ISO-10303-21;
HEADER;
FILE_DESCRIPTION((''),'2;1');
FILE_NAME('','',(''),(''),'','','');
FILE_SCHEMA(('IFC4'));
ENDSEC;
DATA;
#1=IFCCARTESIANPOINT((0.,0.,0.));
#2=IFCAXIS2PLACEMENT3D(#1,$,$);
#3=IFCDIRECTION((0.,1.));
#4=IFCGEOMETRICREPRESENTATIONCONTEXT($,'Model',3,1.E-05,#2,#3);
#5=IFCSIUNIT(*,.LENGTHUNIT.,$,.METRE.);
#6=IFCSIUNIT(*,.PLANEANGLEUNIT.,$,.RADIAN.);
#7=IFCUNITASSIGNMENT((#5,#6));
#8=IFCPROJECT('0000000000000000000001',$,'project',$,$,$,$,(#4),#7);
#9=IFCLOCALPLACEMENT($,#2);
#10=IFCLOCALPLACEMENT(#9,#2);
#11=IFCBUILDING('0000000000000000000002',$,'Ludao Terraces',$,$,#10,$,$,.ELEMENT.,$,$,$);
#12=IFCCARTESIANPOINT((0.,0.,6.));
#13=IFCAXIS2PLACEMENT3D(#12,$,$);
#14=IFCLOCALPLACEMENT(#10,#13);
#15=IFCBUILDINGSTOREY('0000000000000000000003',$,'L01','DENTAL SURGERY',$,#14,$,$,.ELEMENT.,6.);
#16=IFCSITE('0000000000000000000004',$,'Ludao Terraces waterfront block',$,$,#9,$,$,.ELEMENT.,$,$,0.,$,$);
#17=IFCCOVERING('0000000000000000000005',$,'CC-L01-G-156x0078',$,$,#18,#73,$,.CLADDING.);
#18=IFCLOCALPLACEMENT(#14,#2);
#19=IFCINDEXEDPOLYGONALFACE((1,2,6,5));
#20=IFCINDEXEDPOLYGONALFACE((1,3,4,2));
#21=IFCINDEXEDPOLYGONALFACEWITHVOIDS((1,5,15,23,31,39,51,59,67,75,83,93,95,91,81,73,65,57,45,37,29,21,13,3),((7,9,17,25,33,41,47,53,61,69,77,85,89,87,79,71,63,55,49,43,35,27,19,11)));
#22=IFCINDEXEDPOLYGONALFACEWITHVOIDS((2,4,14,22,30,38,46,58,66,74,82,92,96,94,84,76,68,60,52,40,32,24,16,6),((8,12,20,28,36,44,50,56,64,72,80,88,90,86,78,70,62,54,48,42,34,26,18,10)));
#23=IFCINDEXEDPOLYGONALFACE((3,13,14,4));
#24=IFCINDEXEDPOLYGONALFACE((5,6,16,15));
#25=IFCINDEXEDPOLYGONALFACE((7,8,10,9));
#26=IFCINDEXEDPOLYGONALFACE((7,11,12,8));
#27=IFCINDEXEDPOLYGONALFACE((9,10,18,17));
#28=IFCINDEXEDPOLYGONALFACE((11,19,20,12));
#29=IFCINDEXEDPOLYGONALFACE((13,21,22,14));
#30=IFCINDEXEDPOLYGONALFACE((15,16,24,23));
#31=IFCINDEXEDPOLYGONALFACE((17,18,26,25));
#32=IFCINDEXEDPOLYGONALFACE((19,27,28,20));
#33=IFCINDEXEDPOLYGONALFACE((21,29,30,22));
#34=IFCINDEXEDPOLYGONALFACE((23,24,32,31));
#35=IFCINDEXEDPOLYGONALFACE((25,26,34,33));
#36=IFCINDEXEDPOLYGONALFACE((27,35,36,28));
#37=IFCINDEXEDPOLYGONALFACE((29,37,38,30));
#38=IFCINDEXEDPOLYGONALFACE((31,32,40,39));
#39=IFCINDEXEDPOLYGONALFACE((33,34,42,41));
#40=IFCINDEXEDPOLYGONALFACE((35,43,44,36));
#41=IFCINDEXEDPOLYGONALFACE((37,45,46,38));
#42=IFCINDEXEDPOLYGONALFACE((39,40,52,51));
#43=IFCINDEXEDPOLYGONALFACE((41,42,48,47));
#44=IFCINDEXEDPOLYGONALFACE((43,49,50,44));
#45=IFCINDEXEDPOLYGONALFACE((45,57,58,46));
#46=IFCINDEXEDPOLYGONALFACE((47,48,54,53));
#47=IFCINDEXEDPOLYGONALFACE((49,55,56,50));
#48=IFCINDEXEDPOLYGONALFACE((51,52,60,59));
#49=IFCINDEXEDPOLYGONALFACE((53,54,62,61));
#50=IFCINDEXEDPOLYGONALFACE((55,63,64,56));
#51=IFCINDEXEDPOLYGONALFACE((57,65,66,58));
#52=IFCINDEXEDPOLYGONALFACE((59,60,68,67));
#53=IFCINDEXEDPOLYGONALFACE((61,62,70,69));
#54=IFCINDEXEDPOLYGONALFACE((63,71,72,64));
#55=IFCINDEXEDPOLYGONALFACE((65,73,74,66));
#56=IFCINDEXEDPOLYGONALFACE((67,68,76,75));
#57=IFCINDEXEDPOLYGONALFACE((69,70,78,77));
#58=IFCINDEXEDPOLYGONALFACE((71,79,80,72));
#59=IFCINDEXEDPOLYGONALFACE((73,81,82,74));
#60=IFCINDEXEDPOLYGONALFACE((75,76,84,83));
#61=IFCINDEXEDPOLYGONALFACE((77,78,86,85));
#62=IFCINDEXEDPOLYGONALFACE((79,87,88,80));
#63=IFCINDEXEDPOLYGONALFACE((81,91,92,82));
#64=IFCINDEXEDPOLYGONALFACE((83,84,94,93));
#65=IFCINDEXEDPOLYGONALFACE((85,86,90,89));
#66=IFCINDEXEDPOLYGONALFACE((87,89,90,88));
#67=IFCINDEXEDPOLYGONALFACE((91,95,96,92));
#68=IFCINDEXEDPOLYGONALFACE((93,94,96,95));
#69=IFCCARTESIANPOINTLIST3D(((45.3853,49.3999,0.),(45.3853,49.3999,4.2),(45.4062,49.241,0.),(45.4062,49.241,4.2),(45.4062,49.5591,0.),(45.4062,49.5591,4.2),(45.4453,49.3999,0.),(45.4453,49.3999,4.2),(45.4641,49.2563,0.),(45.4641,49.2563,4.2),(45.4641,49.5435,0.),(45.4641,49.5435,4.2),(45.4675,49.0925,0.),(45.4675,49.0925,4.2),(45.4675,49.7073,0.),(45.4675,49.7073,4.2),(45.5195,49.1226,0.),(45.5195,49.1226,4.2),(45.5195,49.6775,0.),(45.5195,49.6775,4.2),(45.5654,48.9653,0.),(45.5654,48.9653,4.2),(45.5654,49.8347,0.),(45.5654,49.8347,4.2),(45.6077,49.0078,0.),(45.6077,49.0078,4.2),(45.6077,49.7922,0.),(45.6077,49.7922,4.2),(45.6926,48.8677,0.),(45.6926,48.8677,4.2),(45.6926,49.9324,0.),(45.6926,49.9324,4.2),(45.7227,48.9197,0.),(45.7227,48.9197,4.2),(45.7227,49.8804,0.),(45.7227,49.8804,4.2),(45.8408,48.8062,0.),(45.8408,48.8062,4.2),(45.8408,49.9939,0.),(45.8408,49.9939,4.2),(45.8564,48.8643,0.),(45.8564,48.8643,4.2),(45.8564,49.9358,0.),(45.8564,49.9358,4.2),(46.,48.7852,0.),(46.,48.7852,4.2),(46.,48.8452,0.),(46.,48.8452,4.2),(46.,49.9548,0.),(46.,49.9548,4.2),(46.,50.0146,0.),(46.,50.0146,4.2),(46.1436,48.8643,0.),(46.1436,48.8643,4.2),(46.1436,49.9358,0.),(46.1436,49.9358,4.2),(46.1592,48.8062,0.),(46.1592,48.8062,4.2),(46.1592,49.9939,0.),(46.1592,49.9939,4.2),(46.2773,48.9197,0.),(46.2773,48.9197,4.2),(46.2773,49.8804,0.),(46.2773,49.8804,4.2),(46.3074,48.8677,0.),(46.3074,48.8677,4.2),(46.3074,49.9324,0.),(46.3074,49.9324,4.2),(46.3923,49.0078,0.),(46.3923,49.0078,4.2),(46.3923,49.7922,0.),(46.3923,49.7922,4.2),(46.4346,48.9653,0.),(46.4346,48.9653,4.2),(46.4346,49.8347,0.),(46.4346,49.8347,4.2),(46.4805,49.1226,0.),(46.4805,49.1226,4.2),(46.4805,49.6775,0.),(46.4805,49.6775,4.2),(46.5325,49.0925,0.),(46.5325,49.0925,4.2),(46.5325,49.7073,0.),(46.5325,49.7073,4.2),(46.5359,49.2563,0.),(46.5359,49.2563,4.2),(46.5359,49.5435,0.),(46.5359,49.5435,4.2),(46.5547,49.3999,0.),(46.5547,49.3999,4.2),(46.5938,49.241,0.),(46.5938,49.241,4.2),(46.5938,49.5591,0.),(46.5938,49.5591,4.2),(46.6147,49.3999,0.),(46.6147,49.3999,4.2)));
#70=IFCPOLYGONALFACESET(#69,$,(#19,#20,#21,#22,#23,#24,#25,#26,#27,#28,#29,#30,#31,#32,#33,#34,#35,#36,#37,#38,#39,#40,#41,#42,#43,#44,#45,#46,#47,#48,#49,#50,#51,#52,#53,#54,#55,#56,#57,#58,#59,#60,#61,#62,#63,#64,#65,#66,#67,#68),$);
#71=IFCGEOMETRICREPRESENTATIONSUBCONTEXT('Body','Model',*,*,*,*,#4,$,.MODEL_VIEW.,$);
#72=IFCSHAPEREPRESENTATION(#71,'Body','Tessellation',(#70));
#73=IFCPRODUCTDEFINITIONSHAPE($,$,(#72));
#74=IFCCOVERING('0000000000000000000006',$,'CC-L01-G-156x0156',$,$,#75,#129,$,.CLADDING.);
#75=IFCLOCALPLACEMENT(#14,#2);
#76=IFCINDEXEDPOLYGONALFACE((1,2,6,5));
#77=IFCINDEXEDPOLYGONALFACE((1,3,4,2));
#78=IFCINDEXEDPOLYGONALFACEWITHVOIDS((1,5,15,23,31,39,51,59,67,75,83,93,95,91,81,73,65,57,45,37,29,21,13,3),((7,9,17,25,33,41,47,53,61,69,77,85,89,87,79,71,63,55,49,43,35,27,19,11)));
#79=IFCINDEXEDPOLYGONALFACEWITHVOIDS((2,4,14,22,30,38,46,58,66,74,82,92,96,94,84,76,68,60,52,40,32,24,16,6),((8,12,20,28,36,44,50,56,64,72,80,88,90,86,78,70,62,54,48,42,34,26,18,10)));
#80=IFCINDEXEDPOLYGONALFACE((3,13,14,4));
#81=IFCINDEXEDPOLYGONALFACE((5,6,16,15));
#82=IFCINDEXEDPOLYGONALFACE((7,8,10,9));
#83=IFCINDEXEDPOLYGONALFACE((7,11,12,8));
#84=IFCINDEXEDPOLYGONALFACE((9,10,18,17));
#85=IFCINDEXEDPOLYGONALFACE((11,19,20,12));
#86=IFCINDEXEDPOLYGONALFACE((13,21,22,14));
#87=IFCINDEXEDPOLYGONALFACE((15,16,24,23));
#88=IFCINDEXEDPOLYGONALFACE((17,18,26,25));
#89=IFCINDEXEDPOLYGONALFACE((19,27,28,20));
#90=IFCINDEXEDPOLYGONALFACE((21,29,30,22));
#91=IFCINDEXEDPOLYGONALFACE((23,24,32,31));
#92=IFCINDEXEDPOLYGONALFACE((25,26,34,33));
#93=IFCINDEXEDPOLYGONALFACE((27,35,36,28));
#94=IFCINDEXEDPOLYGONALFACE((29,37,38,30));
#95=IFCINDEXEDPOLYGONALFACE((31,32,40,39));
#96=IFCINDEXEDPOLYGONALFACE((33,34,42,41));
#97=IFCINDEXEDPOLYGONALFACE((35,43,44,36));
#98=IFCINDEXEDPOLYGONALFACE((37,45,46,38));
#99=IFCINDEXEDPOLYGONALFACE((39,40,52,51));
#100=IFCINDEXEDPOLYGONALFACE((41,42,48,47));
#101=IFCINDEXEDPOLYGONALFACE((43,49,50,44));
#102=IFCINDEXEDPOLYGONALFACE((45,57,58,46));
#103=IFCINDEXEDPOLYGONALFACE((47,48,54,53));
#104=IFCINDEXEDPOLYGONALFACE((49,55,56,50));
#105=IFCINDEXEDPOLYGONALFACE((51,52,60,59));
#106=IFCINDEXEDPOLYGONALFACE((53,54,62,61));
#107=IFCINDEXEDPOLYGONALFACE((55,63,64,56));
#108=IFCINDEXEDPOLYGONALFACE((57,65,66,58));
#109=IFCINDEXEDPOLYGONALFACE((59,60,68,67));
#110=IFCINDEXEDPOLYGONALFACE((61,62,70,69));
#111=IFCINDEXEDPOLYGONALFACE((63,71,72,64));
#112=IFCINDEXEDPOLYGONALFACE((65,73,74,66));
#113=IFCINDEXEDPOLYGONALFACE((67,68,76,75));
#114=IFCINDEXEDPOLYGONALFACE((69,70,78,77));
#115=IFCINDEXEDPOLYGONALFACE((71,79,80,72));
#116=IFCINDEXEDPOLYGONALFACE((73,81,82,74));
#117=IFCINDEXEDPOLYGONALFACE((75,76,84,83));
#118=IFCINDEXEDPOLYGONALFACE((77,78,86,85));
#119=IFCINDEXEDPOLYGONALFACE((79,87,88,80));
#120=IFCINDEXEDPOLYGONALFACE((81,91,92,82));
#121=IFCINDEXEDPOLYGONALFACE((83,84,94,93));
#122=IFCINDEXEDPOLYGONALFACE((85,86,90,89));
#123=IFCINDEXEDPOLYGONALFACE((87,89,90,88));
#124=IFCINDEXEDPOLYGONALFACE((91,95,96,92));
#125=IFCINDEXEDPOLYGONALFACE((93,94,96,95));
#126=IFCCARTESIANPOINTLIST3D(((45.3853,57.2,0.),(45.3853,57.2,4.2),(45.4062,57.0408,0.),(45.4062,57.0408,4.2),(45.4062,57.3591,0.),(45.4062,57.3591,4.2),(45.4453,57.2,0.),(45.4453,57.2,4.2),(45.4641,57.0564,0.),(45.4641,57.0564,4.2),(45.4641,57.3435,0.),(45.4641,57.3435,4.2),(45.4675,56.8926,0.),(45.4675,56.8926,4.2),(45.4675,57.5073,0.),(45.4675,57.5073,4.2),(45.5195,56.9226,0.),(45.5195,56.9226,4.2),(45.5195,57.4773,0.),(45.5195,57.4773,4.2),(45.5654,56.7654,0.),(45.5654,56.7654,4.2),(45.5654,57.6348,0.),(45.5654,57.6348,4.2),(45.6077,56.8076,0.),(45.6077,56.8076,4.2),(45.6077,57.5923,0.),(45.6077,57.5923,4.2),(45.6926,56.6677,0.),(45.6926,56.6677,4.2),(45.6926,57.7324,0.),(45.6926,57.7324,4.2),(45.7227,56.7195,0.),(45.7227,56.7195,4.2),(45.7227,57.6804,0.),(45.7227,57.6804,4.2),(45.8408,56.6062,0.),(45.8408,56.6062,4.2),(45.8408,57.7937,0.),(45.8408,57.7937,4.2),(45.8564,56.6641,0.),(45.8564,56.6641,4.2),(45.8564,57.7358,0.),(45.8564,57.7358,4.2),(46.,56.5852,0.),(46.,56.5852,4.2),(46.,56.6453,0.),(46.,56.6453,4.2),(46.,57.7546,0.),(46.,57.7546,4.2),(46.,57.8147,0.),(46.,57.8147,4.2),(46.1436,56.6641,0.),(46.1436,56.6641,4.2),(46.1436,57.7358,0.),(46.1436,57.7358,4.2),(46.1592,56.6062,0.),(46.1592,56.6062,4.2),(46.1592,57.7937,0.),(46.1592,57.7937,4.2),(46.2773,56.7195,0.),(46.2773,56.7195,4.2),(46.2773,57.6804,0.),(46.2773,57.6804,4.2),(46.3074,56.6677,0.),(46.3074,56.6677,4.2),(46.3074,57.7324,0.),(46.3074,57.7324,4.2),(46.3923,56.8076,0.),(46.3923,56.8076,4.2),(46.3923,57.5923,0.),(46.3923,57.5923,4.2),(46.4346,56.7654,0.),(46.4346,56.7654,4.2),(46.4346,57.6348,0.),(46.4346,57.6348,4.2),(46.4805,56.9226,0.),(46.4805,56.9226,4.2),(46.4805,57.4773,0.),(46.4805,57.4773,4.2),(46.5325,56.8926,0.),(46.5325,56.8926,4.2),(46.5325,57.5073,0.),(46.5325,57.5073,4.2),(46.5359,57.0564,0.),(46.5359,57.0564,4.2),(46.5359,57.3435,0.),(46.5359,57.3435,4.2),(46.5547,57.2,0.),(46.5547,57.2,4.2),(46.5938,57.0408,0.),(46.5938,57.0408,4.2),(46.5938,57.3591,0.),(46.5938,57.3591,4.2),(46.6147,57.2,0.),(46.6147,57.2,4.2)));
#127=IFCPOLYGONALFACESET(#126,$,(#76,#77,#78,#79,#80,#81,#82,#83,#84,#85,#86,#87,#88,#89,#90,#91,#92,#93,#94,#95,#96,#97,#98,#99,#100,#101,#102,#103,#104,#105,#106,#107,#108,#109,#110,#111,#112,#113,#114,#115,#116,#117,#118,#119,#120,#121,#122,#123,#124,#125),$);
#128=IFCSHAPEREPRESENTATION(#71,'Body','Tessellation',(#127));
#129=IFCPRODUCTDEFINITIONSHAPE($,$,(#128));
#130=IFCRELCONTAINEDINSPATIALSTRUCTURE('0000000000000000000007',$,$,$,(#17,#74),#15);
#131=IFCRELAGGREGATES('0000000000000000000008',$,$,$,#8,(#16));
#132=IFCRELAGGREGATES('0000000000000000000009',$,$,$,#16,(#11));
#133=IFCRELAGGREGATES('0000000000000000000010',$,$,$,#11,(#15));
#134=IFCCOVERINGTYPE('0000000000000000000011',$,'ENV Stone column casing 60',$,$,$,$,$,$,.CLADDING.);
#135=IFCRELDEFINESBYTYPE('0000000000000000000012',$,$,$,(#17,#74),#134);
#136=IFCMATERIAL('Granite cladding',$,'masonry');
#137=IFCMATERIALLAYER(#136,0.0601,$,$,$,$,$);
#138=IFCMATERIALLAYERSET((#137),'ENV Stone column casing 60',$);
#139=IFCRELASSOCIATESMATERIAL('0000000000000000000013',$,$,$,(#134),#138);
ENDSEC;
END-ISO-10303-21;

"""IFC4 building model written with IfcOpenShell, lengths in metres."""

from ifc_helpers import new_model, si_unit, direction, frame, origin, place, context, subcontext, project, spatial, polyline, outline, extrude, material, layer, layer_set, type_object, element, save


model = new_model("IFC4")

# Units and contexts
model_context = context("Model", 3, precision=1e-05, world=origin(), true_north=direction((0.0, 1.0)))
body_context = subcontext(model_context, "Body", "Model", "MODEL_VIEW")
ifc_project = project(units=[si_unit("LENGTHUNIT", "METRE"), si_unit("PLANEANGLEUNIT", "RADIAN")], contexts=[model_context])

# Site, building, storey
site_placement = place(None, origin())
site = spatial("IfcSite", under=ifc_project, at=site_placement, Name="Ludao Terraces waterfront block", CompositionType="ELEMENT", RefElevation=0.0)
building_placement = place(site_placement, origin())
building = spatial("IfcBuilding", under=site, at=building_placement, Name="Ludao Terraces", CompositionType="ELEMENT")
storey_placement = place(building_placement, frame((0.0, 0.0, 6.0)))
storey = spatial("IfcBuildingStorey", under=building, at=storey_placement, Name="L01", Description="DENTAL SURGERY", CompositionType="ELEMENT", Elevation=6.0)

# Coverings
ifc_material_1 = material(Name="Granite cladding", Category="masonry")
ifc_layer_1 = layer(ifc_material_1, 0.0601)
ifc_layer_set_1 = layer_set([ifc_layer_1], Name="ENV Stone column casing 60")
covering_type = type_object("IfcCoveringType", Name="ENV Stone column casing 60", PredefinedType="CLADDING", material=ifc_layer_set_1)
covering_1_placement = place(storey_placement, origin())
element("IfcCovering", 1, at=covering_1_placement, inside=storey, type_object=covering_type, Name="CC-L01-G-156x0078", PredefinedType="CLADDING", context=body_context, shape_type="SweptSolid", body=[
    extrude(outline(polyline([(46.6147, 49.3999), (46.5938, 49.5591), (46.5325, 49.7073), (46.4346, 49.8347), (46.3074, 49.9324), (46.1592, 49.9939), (46.0, 50.0146), (45.8408, 49.9939), (45.6926, 49.9324), (45.5654, 49.8347), (45.4675, 49.7073), (45.4062, 49.5591), (45.3853, 49.3999), (45.4062, 49.241), (45.4675, 49.0925), (45.5654, 48.9653), (45.6926, 48.8677), (45.8408, 48.8062), (46.0, 48.7852), (46.1592, 48.8062), (46.3074, 48.8677), (46.4346, 48.9653), (46.5325, 49.0925), (46.5938, 49.241), (46.6147, 49.3999)]), holes=[polyline([(46.5359, 49.2563), (46.4805, 49.1226), (46.3923, 49.0078), (46.2773, 48.9197), (46.1436, 48.8643), (46.0, 48.8452), (45.8564, 48.8643), (45.7227, 48.9197), (45.6077, 49.0078), (45.5195, 49.1226), (45.4641, 49.2563), (45.4453, 49.3999), (45.4641, 49.5435), (45.5195, 49.6775), (45.6077, 49.7922), (45.7227, 49.8804), (45.8564, 49.9358), (46.0, 49.9548), (46.1436, 49.9358), (46.2773, 49.8804), (46.3923, 49.7922), (46.4805, 49.6775), (46.5359, 49.5435), (46.5547, 49.3999), (46.5359, 49.2563)])]), origin(), (0.0, 0.0, 1.0), 4.2),
])
covering_2_placement = place(storey_placement, origin())
element("IfcCovering", 2, at=covering_2_placement, inside=storey, type_object=covering_type, Name="CC-L01-G-156x0156", PredefinedType="CLADDING", context=body_context, shape_type="SweptSolid", body=[
    extrude(outline(polyline([(46.6147, 57.2), (46.5938, 57.3591), (46.5325, 57.5073), (46.4346, 57.6348), (46.3074, 57.7324), (46.1592, 57.7937), (46.0, 57.8147), (45.8408, 57.7937), (45.6926, 57.7324), (45.5654, 57.6348), (45.4675, 57.5073), (45.4062, 57.3591), (45.3853, 57.2), (45.4062, 57.0408), (45.4675, 56.8926), (45.5654, 56.7654), (45.6926, 56.6677), (45.8408, 56.6062), (46.0, 56.5852), (46.1592, 56.6062), (46.3074, 56.6677), (46.4346, 56.7654), (46.5325, 56.8926), (46.5938, 57.0408), (46.6147, 57.2)]), holes=[polyline([(46.5359, 57.0564), (46.4805, 56.9226), (46.3923, 56.8076), (46.2773, 56.7195), (46.1436, 56.6641), (46.0, 56.6453), (45.8564, 56.6641), (45.7227, 56.7195), (45.6077, 56.8076), (45.5195, 56.9226), (45.4641, 57.0564), (45.4453, 57.2), (45.4641, 57.3435), (45.5195, 57.4773), (45.6077, 57.5923), (45.7227, 57.6804), (45.8564, 57.7358), (46.0, 57.7546), (46.1436, 57.7358), (46.2773, 57.6804), (46.3923, 57.5923), (46.4805, 57.4773), (46.5359, 57.3435), (46.5547, 57.2), (46.5359, 57.0564)])]), origin(), (0.0, 0.0, 1.0), 4.2),
])

save(model, "model.ifc")
